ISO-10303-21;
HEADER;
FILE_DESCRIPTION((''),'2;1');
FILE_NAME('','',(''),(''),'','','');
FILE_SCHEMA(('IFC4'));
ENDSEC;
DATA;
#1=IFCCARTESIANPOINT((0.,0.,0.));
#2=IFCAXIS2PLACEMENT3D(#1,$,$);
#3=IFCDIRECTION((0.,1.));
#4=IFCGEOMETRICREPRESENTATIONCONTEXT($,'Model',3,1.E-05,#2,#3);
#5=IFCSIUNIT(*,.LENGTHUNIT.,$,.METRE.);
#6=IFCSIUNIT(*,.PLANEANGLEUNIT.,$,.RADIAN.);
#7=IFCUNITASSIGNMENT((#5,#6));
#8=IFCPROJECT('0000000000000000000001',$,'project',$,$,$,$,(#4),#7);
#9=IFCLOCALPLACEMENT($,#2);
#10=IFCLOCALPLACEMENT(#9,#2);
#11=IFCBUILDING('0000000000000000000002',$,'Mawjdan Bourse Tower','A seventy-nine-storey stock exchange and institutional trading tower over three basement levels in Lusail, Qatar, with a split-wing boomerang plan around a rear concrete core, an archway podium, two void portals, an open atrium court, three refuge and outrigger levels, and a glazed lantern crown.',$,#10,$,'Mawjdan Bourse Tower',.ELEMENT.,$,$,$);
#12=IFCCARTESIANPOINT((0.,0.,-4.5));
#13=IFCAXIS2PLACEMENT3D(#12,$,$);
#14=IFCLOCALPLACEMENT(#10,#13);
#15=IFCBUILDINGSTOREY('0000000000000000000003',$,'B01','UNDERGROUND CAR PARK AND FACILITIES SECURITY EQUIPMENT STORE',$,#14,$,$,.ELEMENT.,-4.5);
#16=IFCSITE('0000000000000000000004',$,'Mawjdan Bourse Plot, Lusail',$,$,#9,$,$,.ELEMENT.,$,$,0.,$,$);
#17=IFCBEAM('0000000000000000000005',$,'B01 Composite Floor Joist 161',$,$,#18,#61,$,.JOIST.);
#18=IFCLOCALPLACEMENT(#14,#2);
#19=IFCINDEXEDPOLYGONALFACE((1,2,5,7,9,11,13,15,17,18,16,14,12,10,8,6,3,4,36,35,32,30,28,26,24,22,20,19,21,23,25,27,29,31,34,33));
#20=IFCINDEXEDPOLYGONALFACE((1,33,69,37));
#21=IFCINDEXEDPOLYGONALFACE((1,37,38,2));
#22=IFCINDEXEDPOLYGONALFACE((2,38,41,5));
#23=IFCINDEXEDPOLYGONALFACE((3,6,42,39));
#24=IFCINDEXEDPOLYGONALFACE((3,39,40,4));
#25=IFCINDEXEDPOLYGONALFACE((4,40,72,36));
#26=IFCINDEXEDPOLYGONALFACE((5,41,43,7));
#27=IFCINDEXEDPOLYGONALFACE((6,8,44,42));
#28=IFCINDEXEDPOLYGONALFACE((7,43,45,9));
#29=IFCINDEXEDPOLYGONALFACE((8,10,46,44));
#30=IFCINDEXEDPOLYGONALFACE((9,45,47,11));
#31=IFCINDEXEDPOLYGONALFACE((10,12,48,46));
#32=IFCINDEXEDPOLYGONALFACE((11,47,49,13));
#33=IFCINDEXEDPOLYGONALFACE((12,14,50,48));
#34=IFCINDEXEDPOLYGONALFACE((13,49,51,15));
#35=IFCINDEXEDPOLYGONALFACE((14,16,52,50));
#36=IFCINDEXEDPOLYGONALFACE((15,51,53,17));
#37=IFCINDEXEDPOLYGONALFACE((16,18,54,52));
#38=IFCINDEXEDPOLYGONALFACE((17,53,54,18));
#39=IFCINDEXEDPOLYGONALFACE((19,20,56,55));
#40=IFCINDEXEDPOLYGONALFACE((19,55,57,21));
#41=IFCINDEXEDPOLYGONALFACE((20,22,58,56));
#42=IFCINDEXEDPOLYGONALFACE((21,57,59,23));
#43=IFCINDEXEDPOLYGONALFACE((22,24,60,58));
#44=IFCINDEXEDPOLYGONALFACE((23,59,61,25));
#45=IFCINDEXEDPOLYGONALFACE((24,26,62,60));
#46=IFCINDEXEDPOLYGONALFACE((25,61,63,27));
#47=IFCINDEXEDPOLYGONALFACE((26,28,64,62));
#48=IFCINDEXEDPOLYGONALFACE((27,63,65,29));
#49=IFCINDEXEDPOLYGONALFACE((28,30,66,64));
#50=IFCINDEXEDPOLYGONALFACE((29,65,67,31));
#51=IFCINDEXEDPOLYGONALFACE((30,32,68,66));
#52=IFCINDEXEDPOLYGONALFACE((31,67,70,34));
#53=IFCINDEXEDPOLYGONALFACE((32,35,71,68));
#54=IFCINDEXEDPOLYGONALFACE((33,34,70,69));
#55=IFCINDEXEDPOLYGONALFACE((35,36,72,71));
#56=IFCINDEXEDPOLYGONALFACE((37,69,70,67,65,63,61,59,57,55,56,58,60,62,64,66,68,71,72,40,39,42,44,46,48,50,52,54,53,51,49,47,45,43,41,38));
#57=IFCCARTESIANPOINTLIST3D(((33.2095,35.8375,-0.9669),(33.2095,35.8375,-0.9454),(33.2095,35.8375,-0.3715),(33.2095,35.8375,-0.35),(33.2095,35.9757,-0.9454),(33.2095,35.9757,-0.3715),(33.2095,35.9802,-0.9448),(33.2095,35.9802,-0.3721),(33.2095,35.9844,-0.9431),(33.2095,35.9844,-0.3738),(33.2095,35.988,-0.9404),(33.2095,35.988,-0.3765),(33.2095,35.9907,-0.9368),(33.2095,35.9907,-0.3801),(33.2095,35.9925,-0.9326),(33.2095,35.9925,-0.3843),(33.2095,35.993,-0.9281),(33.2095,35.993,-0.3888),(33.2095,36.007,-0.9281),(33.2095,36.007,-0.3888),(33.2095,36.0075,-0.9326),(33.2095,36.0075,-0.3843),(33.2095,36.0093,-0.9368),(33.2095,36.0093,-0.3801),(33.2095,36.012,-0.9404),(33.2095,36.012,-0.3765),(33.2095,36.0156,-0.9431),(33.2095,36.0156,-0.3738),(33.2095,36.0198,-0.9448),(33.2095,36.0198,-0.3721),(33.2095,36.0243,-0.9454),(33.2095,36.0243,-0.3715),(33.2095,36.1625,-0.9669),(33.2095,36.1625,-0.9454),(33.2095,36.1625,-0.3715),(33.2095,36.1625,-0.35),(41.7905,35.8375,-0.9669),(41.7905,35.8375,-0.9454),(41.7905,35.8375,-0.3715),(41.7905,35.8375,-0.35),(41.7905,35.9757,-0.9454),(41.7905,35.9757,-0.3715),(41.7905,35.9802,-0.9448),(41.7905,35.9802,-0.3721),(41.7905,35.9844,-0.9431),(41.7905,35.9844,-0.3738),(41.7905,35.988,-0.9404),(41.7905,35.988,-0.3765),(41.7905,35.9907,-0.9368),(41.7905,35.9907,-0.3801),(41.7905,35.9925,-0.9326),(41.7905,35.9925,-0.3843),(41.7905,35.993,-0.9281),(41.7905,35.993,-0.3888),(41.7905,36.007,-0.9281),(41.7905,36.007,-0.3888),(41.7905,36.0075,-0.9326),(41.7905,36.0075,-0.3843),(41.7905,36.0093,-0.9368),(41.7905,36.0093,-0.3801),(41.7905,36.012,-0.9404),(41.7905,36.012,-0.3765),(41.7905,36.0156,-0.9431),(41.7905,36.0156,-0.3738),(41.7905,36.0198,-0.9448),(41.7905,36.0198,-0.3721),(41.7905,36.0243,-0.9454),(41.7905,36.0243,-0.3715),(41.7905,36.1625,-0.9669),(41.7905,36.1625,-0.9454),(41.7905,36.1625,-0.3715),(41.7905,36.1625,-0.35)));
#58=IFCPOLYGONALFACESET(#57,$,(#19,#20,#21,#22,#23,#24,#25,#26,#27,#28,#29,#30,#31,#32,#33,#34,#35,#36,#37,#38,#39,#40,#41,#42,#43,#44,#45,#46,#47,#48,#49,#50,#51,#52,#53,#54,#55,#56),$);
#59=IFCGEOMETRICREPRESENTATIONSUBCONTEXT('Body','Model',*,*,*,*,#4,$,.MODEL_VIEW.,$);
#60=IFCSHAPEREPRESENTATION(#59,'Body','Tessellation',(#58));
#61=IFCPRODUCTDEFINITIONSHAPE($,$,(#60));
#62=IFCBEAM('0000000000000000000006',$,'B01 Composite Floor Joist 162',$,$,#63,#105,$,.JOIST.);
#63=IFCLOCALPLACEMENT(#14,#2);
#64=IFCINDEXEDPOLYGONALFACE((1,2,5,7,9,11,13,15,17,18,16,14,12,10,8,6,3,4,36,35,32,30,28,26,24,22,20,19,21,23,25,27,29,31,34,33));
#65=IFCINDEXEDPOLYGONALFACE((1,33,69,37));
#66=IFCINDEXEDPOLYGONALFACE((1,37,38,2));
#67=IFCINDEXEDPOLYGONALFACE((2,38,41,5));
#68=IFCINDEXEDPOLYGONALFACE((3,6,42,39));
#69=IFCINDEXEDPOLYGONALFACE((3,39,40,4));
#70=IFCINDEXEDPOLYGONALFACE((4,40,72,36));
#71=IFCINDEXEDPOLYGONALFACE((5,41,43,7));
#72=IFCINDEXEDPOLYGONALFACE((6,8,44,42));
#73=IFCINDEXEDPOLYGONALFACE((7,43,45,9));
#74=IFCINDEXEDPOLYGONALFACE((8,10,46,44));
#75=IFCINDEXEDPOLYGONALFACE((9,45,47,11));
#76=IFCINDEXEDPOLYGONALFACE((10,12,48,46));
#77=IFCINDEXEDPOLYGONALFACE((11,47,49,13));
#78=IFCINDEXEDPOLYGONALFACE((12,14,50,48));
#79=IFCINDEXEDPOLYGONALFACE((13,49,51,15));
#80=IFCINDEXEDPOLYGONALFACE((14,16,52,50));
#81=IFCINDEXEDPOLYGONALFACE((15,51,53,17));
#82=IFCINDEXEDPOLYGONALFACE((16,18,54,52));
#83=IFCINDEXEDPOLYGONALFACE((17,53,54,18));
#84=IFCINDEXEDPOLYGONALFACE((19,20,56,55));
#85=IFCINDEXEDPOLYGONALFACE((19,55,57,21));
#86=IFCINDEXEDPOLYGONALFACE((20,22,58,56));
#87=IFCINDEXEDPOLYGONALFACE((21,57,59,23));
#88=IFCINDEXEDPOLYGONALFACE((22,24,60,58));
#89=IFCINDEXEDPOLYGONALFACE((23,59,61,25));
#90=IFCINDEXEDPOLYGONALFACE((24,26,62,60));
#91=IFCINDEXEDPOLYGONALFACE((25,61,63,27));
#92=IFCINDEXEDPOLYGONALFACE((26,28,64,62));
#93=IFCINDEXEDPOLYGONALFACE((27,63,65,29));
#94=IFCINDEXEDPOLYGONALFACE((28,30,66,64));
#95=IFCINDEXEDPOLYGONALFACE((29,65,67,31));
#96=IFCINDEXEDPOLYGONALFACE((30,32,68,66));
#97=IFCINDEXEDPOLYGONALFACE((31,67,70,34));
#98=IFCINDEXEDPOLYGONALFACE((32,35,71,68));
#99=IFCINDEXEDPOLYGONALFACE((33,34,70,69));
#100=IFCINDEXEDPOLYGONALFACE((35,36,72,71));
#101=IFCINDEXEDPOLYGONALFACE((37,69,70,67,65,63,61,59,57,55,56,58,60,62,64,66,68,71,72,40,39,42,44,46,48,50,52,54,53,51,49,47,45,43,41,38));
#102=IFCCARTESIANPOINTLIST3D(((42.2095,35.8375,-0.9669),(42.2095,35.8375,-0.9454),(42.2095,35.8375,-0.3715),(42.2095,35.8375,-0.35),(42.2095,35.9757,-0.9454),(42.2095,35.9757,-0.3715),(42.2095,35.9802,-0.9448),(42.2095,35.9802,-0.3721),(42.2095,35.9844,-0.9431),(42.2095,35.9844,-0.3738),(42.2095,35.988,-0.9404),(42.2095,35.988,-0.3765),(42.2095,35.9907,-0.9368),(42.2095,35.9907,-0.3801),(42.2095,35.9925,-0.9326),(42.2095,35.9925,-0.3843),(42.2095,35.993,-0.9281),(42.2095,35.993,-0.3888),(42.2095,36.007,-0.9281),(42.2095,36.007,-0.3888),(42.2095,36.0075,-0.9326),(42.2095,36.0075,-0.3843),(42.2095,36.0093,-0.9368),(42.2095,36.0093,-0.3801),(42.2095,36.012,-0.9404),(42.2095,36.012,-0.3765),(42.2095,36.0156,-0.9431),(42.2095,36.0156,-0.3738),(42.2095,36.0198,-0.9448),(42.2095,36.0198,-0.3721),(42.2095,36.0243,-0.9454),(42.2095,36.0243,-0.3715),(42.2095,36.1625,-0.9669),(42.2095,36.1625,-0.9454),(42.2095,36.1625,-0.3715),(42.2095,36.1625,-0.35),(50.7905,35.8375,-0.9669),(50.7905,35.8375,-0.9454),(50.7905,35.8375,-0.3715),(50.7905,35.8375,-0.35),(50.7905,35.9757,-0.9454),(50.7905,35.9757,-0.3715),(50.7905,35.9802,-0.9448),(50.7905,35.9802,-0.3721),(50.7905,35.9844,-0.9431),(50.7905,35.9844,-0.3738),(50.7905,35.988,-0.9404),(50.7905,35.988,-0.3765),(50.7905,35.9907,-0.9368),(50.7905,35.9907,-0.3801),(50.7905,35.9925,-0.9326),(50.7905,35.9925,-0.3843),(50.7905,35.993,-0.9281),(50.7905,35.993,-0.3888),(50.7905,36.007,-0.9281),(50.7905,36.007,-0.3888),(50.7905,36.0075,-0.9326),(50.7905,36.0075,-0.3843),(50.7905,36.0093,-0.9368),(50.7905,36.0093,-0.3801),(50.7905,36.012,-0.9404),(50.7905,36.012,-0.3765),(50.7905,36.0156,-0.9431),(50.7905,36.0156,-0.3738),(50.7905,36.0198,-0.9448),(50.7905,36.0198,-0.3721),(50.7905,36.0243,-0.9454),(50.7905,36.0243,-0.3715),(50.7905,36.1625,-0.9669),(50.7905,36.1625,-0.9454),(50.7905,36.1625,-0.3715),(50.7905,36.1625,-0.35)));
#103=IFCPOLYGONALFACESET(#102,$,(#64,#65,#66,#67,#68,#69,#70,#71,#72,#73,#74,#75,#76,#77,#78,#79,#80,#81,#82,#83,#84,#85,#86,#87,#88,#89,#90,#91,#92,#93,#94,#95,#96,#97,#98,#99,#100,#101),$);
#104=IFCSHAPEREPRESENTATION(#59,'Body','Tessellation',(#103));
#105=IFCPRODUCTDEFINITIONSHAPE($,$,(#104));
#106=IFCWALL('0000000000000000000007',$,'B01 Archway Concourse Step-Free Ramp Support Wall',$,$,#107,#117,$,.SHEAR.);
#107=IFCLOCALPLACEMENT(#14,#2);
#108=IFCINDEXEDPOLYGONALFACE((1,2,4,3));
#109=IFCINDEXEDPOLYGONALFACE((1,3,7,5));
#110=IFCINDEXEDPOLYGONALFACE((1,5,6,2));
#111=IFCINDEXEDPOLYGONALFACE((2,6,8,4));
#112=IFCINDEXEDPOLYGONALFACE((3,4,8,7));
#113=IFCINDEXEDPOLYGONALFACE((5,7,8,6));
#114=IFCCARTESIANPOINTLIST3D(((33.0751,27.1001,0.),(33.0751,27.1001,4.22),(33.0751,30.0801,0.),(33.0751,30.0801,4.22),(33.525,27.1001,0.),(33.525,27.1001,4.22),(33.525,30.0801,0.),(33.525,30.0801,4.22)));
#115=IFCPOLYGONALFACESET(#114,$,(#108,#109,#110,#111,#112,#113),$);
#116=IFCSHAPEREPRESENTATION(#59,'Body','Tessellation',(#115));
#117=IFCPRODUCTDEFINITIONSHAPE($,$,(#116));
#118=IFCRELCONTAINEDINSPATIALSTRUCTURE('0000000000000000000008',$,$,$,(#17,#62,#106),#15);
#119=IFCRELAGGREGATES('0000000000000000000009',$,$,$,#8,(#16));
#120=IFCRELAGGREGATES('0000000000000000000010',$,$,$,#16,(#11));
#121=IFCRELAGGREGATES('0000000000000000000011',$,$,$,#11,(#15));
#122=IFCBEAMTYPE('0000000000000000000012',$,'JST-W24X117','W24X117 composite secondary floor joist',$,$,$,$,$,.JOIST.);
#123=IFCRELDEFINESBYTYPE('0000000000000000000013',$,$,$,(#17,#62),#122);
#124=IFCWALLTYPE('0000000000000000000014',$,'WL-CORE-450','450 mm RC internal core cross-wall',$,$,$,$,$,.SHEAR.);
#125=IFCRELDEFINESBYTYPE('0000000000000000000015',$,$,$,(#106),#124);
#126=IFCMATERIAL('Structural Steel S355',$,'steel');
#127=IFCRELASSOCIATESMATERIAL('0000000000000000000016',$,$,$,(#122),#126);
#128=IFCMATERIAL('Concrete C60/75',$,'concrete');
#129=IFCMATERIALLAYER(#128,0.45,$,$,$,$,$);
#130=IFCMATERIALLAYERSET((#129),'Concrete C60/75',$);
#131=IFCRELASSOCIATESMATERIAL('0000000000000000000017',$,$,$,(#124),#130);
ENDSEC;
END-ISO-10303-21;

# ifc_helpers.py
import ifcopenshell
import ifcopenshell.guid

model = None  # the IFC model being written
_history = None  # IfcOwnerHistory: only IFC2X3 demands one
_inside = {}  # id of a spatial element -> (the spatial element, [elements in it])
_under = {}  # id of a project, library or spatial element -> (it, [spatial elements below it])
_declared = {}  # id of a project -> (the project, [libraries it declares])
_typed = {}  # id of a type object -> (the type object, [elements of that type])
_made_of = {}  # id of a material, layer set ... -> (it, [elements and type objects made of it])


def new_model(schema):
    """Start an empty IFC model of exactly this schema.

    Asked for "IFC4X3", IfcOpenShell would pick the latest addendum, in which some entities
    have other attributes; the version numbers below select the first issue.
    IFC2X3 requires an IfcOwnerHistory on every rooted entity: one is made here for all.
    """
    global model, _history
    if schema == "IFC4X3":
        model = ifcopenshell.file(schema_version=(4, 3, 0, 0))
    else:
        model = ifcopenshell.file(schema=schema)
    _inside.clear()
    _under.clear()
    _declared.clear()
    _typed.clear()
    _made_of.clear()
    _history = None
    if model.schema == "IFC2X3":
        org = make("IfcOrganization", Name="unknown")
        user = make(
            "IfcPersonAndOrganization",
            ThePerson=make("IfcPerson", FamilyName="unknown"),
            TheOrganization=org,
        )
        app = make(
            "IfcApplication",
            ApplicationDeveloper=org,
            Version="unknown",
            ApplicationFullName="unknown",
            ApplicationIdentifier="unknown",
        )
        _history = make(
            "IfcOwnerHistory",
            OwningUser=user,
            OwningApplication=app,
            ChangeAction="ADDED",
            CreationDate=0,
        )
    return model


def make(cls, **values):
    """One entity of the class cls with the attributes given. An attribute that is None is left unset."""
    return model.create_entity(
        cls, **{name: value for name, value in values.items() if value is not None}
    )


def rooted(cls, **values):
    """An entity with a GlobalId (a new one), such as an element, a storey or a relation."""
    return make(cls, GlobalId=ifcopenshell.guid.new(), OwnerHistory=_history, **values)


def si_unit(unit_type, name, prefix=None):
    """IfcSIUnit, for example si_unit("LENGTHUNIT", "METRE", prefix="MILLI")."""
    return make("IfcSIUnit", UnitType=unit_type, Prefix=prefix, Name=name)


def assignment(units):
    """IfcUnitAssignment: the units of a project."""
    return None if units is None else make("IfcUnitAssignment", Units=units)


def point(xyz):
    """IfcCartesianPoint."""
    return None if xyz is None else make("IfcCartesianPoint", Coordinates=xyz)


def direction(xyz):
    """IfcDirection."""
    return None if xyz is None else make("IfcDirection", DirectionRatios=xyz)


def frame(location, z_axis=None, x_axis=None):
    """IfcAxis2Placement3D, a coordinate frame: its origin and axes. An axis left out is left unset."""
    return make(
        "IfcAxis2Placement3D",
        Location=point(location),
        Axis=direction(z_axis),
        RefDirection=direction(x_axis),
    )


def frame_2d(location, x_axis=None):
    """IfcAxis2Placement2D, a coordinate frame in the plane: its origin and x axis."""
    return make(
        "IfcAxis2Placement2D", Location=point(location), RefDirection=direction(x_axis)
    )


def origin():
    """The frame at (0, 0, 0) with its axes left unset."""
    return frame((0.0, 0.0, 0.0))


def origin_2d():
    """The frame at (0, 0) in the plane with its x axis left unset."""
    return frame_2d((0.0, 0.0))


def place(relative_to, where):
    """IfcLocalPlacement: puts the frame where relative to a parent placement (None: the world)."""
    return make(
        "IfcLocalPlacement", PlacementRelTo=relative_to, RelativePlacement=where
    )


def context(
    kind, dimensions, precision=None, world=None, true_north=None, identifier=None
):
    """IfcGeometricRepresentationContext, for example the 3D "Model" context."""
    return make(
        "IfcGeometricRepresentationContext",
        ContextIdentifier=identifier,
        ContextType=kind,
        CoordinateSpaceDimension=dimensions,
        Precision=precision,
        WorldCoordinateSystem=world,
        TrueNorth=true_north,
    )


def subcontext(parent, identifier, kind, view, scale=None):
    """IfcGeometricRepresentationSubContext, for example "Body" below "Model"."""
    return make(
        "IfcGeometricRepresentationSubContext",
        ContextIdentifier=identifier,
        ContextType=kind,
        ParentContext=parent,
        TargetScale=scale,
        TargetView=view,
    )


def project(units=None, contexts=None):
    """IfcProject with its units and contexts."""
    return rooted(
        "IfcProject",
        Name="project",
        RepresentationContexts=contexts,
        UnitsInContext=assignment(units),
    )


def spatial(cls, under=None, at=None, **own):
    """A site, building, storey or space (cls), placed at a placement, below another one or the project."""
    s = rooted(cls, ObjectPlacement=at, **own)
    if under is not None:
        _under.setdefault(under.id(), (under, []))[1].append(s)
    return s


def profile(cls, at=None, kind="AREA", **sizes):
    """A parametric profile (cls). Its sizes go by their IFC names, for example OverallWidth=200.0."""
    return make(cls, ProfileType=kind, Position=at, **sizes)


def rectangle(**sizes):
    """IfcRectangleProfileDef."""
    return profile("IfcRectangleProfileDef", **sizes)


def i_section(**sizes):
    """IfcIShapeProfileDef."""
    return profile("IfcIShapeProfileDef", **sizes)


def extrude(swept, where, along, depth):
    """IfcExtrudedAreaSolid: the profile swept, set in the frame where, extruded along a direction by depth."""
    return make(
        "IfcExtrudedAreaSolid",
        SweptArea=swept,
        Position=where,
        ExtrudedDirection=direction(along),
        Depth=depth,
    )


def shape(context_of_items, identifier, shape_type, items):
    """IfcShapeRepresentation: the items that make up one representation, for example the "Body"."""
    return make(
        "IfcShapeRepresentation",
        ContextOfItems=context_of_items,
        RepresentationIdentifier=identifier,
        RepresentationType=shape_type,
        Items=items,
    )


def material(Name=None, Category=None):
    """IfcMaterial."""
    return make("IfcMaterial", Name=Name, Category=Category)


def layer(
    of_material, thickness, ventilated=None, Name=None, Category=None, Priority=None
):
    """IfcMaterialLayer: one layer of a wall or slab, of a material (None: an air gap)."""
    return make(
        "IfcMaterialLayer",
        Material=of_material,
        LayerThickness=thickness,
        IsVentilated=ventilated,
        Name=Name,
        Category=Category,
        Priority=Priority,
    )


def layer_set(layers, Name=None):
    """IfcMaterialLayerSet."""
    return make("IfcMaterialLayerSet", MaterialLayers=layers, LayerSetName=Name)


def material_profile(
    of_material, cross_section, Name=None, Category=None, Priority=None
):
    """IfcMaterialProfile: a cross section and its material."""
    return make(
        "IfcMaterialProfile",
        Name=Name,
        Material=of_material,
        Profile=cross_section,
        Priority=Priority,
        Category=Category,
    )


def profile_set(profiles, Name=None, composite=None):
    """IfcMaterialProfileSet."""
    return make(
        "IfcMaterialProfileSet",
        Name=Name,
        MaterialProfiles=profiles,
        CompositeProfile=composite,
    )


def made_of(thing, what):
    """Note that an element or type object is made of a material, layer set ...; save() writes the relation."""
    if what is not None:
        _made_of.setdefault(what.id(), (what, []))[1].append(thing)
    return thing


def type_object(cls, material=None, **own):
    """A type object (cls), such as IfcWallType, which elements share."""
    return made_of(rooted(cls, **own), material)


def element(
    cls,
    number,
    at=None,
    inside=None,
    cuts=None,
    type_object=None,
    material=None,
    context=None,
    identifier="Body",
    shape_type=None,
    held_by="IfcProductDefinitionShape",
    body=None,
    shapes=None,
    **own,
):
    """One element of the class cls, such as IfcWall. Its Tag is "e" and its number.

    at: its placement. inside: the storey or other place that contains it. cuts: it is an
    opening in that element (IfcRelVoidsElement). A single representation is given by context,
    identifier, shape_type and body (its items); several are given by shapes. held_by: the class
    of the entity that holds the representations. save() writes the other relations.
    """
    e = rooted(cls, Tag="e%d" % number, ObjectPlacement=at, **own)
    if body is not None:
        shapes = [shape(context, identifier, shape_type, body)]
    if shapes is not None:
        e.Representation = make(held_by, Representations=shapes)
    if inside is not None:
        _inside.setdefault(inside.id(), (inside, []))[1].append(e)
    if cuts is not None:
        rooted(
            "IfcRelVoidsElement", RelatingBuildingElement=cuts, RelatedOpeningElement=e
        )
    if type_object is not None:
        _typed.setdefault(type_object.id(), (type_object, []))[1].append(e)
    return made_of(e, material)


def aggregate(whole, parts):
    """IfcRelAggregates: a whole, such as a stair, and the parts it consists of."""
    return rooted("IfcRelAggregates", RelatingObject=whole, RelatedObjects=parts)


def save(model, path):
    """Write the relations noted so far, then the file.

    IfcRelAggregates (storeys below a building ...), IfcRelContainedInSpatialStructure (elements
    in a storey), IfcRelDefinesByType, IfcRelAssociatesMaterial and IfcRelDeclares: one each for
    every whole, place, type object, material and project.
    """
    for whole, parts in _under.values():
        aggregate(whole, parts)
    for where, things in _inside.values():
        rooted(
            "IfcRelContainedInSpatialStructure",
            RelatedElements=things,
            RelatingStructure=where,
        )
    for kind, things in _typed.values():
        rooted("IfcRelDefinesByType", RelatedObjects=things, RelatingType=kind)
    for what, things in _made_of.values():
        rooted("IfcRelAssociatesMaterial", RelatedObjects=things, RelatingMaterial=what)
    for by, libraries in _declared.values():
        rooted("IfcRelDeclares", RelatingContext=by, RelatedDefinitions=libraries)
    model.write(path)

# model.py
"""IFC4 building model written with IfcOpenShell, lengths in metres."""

from ifc_helpers import new_model, si_unit, direction, frame, frame_2d, origin, origin_2d, place, context, subcontext, project, spatial, rectangle, i_section, extrude, material, layer, layer_set, material_profile, profile_set, type_object, element, save


model = new_model("IFC4")

# Units and contexts
model_context = context("Model", 3, precision=1e-05, world=origin(), true_north=direction((0.0, 1.0)))
body_context = subcontext(model_context, "Body", "Model", "MODEL_VIEW")
ifc_project = project(units=[si_unit("LENGTHUNIT", "METRE"), si_unit("PLANEANGLEUNIT", "RADIAN")], contexts=[model_context])

# Site, building, storey
site_placement = place(None, origin())
site = spatial("IfcSite", under=ifc_project, at=site_placement, Name="Mawjdan Bourse Plot, Lusail", CompositionType="ELEMENT", RefElevation=0.0)
building_placement = place(site_placement, origin())
building = spatial("IfcBuilding", under=site, at=building_placement, Name="Mawjdan Bourse Tower", Description="A seventy-nine-storey stock exchange and institutional trading tower over three basement levels in Lusail, Qatar, with a split-wing boomerang plan around a rear concrete core, an archway podium, two void portals, an open atrium court, three refuge and outrigger levels, and a glazed lantern crown.", LongName="Mawjdan Bourse Tower", CompositionType="ELEMENT")
storey_placement = place(building_placement, frame((0.0, 0.0, -4.5)))
storey = spatial("IfcBuildingStorey", under=building, at=storey_placement, Name="B01", Description="UNDERGROUND CAR PARK AND FACILITIES SECURITY EQUIPMENT STORE", CompositionType="ELEMENT", Elevation=-4.5)

# Beams
ifc_material_1 = material(Name="Structural Steel S355", Category="steel")
ifc_material_profile_1 = material_profile(ifc_material_1, i_section(OverallWidth=0.325, OverallDepth=0.6169, WebThickness=0.0139, FlangeThickness=0.0215, FilletRadius=0.0173, at=origin_2d()), Name="W24X117")
ifc_profile_set_1 = profile_set([ifc_material_profile_1], Name="Structural Steel S355")
beam_type_1 = type_object("IfcBeamType", Name="JST-W24X117", Description="W24X117 composite secondary floor joist", PredefinedType="JOIST", material=ifc_profile_set_1)
for number, where, z_axis, x_axis, name in (
    (1, (33.2095, 36.0, -0.6584), (1.0, 0.0, 0.0), (0.0, 1.0, 0.0), "B01 Composite Floor Joist 161"),
    (2, (42.2095, 36.0, -0.6584), (1.0, 0.0, 0.0), (0.0, 1.0, 0.0), "B01 Composite Floor Joist 162"),
):
    element("IfcBeam", number, at=place(storey_placement, frame(where, z_axis=z_axis, x_axis=x_axis)), inside=storey, type_object=beam_type_1, Name=name, PredefinedType="JOIST", context=body_context, shape_type="SweptSolid", body=[
        extrude(i_section(OverallWidth=0.325, OverallDepth=0.6169, WebThickness=0.0139, FlangeThickness=0.0215, FilletRadius=0.0173, at=origin_2d()), origin(), (0.0, 0.0, 1.0), 8.5811),
    ])

# Wall
ifc_material_2 = material(Name="Concrete C60/75", Category="concrete")
ifc_layer = layer(ifc_material_2, 0.45)
ifc_layer_set = layer_set([ifc_layer], Name="Concrete C60/75")
wall_type = type_object("IfcWallType", Name="WL-CORE-450", Description="450 mm RC internal core cross-wall", PredefinedType="SHEAR", material=ifc_layer_set)
wall_placement = place(storey_placement, frame((33.3, 27.1001, 0.0), z_axis=(0.0, 0.0, 1.0), x_axis=(0.0, 1.0, 0.0)))
element("IfcWall", 3, at=wall_placement, inside=storey, type_object=wall_type, Name="B01 Archway Concourse Step-Free Ramp Support Wall", PredefinedType="SHEAR", context=body_context, shape_type="SweptSolid", body=[
    extrude(rectangle(XDim=2.98, YDim=0.45, at=frame_2d((1.49, 0.0))), origin(), (0.0, 0.0, 1.0), 4.22),
])

save(model, "model.ifc")
